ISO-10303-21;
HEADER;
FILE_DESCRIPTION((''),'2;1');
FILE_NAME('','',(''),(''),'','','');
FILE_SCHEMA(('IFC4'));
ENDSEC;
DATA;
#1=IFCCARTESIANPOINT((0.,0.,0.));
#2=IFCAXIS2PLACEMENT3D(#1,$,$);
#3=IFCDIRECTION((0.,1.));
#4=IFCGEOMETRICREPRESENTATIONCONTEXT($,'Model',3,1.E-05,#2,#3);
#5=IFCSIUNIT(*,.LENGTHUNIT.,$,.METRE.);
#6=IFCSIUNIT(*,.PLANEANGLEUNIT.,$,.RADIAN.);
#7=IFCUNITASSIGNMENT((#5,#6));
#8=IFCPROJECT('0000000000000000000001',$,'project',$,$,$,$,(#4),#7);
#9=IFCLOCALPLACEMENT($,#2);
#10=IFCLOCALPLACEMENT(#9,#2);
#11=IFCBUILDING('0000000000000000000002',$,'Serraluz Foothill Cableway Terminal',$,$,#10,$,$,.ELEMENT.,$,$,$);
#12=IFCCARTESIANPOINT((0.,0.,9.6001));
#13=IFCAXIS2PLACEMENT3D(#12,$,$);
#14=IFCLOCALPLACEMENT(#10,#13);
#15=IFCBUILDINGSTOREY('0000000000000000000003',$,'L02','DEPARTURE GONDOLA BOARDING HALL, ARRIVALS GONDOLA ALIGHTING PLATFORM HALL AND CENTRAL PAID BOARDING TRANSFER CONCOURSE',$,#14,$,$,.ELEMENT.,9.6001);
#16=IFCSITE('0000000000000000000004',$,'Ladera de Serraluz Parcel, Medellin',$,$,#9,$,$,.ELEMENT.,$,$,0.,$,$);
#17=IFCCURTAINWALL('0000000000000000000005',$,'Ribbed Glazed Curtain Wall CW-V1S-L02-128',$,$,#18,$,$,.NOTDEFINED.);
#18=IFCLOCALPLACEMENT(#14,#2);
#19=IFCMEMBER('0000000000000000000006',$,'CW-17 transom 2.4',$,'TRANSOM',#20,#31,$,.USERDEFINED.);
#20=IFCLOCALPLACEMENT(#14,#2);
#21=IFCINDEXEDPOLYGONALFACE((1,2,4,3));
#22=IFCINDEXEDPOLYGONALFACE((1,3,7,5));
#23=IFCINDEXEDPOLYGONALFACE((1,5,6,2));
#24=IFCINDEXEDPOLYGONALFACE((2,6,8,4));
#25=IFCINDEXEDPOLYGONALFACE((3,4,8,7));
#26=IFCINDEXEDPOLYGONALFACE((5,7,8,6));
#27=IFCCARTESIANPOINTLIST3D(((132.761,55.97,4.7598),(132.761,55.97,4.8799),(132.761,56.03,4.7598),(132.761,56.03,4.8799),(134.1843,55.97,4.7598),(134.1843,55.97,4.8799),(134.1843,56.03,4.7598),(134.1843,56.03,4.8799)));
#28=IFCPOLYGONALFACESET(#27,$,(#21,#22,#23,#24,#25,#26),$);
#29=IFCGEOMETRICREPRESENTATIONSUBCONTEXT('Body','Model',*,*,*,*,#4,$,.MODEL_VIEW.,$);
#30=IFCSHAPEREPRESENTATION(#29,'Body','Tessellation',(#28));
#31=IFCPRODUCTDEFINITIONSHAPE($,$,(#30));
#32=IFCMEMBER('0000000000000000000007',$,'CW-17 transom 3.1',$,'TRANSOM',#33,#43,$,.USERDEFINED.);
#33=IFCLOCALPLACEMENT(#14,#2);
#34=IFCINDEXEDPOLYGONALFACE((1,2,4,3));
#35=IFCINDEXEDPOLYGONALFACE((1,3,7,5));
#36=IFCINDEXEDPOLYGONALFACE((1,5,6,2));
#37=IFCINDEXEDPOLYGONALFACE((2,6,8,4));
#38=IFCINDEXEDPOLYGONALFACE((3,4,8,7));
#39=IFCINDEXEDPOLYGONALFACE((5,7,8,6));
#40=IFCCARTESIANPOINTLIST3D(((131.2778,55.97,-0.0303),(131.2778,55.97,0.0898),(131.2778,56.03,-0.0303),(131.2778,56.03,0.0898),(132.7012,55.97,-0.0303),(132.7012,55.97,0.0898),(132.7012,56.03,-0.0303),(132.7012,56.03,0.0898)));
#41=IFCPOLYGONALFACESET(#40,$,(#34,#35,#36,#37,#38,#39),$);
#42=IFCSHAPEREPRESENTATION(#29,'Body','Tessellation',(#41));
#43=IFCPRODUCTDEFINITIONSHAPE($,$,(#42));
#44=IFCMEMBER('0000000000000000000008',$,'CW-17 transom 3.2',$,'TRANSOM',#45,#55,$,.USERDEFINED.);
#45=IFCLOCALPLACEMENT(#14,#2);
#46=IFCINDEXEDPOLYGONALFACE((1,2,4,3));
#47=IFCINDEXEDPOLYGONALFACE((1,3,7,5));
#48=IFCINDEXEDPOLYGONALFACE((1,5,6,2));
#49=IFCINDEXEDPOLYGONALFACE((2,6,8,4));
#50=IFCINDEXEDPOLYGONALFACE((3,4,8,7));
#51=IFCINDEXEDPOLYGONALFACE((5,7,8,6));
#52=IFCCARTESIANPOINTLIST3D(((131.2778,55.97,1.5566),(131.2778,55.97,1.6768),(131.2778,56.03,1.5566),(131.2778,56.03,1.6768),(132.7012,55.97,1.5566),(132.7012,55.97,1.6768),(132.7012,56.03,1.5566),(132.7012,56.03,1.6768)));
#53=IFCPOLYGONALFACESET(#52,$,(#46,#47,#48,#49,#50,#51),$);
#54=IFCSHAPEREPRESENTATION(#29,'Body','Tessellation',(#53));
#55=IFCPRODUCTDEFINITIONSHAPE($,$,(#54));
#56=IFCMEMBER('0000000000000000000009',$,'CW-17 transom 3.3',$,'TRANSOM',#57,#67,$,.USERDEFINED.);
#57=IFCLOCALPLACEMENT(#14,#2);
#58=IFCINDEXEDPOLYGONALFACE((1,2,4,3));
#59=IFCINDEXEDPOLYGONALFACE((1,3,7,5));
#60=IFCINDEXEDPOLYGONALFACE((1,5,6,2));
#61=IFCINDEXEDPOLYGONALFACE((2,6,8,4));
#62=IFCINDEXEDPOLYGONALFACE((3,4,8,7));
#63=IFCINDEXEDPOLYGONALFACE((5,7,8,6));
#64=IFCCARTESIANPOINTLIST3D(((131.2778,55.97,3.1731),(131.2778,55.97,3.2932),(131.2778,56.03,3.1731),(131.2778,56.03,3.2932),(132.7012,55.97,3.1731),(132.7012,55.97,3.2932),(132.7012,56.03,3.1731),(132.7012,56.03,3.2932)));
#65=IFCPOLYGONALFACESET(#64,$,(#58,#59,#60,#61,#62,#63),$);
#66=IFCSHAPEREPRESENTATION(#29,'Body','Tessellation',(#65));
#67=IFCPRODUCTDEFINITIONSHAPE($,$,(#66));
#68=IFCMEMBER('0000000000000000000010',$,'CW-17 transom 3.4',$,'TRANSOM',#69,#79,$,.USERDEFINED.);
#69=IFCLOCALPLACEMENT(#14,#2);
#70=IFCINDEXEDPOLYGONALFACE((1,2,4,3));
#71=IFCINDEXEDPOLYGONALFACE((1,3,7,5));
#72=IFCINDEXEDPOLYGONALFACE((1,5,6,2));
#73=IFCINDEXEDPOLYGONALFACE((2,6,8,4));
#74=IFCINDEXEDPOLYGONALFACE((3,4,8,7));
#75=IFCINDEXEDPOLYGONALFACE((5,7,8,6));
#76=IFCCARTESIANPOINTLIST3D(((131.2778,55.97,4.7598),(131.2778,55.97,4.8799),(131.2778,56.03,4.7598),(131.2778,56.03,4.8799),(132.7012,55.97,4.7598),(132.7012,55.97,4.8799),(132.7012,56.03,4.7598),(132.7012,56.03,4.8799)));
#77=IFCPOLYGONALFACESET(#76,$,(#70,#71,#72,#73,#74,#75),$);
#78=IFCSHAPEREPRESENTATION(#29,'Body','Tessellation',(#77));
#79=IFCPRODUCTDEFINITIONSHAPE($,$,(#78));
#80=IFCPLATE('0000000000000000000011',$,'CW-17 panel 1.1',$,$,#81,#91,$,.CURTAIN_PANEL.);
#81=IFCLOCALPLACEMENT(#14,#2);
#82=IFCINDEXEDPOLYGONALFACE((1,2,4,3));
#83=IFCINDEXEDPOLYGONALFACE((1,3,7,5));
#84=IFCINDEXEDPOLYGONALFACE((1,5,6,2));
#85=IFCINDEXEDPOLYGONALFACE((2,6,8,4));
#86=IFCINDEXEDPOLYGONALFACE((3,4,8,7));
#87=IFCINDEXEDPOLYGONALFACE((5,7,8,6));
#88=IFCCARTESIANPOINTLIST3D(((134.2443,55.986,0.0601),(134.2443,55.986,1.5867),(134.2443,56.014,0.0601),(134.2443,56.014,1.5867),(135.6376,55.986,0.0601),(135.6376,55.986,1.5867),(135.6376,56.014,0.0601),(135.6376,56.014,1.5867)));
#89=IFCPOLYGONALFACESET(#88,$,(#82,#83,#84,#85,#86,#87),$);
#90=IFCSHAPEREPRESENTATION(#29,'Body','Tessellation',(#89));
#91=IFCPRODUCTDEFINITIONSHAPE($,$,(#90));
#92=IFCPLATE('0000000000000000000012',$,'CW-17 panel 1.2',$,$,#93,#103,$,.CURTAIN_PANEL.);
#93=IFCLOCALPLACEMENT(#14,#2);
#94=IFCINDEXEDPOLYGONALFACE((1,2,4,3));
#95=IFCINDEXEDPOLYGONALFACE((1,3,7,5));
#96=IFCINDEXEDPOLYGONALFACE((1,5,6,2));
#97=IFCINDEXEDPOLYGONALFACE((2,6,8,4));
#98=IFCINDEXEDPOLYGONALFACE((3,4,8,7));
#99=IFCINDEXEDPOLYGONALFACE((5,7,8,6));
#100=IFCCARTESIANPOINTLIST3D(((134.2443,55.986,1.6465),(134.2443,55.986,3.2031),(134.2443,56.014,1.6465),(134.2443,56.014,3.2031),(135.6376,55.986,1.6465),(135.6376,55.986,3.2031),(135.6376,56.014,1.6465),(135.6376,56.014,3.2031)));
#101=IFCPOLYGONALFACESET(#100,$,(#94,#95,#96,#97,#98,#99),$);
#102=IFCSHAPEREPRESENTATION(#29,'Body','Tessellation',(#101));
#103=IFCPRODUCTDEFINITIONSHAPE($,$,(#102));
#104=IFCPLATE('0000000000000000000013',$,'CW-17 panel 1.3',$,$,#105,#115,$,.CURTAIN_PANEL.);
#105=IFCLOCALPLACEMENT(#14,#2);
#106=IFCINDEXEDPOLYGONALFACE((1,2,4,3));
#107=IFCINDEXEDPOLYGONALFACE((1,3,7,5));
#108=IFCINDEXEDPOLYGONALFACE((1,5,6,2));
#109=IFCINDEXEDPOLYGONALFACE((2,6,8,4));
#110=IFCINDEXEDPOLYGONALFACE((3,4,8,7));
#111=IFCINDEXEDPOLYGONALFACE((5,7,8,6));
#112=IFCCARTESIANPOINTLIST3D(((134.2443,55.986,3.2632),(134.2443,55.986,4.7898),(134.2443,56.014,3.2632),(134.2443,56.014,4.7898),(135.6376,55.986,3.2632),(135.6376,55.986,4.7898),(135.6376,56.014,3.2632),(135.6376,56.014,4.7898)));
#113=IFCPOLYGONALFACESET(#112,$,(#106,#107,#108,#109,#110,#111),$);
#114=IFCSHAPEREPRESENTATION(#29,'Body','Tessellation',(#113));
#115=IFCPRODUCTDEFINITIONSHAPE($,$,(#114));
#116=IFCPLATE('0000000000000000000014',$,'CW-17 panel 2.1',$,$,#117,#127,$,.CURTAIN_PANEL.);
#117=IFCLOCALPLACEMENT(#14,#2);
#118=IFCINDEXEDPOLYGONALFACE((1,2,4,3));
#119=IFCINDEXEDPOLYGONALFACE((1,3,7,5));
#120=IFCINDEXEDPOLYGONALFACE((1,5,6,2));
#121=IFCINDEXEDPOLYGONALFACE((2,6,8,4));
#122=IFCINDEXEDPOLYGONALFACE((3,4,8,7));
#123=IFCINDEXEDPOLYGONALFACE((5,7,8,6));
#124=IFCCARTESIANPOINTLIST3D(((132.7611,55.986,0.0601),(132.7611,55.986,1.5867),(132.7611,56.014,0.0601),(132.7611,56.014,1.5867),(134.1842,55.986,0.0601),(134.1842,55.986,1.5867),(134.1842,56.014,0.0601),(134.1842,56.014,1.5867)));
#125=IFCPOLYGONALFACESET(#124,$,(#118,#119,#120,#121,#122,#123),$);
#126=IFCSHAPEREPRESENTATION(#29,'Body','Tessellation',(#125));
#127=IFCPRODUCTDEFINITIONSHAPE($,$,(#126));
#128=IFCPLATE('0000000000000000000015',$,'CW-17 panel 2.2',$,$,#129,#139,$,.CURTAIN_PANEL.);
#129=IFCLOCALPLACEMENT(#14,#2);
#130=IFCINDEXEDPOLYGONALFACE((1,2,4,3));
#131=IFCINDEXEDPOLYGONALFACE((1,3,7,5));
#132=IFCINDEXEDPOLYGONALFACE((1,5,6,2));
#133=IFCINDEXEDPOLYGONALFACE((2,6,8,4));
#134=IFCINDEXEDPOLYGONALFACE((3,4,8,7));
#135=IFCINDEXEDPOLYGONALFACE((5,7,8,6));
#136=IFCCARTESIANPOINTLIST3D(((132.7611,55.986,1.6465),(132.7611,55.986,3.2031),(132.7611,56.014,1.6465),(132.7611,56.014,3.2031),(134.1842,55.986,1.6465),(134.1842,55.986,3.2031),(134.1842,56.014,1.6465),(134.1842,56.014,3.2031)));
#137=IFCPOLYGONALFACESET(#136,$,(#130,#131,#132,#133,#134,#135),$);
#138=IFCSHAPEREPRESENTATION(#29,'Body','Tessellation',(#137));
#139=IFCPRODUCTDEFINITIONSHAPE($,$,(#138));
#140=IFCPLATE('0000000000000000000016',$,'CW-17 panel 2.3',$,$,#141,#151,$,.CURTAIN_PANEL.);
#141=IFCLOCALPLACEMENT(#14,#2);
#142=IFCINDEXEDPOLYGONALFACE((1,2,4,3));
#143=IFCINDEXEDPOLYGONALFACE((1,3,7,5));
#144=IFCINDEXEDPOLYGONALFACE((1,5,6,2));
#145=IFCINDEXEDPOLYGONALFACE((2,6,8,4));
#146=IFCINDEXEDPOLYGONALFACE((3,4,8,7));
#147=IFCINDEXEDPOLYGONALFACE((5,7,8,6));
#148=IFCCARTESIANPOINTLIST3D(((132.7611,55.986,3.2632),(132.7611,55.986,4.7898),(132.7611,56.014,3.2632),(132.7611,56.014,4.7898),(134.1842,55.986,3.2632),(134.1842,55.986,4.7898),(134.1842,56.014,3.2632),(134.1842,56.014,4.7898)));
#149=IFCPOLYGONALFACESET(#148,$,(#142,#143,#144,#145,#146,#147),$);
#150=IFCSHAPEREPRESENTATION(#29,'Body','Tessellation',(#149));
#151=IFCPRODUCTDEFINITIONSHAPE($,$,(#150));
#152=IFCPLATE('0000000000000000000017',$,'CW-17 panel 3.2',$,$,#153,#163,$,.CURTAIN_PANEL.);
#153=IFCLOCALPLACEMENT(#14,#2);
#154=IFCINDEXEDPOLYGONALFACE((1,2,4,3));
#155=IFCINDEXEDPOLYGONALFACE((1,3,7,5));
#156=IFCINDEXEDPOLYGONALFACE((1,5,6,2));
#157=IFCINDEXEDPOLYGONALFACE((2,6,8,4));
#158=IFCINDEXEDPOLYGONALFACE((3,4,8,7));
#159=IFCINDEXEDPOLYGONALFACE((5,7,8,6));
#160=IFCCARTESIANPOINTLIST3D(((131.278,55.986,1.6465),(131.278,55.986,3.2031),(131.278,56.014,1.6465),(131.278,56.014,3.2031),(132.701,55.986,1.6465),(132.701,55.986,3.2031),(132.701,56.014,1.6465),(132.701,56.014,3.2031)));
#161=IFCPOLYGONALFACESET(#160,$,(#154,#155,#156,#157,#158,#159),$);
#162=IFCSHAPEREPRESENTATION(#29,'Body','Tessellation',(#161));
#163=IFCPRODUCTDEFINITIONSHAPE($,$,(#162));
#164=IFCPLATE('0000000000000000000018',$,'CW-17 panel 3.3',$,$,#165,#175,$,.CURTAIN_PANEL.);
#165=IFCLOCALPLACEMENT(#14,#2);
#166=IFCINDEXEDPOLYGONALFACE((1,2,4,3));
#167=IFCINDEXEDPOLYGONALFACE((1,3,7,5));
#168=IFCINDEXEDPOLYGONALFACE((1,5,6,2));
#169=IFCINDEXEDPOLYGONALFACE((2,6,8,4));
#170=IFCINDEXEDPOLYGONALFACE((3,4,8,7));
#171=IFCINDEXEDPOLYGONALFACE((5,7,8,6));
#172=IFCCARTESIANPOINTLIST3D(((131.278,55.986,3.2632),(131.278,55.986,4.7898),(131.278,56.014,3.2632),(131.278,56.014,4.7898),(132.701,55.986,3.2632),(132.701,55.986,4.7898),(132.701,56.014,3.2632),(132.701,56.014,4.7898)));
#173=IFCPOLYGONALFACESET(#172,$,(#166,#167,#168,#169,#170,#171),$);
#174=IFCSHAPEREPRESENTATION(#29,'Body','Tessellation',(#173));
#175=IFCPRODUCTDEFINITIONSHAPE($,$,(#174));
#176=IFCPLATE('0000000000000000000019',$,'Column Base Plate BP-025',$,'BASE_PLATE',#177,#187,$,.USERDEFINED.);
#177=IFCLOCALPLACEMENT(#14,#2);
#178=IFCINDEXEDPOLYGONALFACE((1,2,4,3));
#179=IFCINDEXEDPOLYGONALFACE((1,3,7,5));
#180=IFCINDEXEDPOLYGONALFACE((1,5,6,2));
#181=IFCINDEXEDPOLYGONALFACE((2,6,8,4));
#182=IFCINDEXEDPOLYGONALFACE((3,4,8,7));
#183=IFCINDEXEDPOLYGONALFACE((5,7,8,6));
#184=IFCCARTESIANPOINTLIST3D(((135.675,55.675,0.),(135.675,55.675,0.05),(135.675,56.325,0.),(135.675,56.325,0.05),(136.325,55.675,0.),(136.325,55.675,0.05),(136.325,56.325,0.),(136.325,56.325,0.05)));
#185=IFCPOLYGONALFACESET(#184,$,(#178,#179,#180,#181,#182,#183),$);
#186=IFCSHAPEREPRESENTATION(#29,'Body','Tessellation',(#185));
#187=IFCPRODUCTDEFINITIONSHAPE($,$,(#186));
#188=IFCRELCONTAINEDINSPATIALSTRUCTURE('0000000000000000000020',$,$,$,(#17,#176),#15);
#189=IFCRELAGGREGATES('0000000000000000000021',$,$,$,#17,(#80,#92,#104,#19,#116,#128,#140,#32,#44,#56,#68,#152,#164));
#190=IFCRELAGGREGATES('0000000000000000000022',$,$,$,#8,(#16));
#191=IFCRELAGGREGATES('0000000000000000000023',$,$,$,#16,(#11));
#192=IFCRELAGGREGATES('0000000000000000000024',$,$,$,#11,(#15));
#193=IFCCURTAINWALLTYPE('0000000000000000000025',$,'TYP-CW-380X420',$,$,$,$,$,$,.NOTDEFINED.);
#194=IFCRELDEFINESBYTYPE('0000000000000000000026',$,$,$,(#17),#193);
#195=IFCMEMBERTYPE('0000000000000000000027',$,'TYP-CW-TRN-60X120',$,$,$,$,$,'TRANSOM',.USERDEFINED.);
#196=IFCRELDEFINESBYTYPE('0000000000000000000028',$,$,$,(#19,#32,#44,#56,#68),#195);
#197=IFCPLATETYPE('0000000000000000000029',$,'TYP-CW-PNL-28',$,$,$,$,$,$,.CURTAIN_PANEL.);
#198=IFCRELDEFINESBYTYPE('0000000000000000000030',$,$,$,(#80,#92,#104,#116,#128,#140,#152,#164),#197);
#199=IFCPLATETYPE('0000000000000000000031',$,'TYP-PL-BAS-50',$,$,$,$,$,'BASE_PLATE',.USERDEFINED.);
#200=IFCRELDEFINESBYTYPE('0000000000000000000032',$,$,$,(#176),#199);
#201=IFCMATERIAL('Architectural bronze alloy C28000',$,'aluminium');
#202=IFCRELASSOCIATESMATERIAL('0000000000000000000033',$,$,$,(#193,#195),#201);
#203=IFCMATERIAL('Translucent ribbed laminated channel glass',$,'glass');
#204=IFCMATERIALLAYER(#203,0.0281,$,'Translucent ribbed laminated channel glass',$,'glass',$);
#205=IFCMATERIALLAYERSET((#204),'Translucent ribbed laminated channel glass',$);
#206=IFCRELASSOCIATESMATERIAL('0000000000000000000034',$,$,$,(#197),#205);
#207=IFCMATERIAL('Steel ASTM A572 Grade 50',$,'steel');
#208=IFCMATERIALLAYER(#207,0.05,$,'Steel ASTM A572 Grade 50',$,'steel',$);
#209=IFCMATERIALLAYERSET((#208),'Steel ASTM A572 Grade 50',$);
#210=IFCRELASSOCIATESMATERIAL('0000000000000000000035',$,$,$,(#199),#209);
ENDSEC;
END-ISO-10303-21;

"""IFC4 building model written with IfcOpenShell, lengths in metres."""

from ifc_helpers import new_model, si_unit, direction, frame, origin, origin_2d, place, context, subcontext, project, spatial, rectangle, extrude, material, layer, layer_set, material_profile, profile_set, type_object, element, aggregate, save


model = new_model("IFC4")

# Units and contexts
model_context = context("Model", 3, precision=1e-05, world=origin(), true_north=direction((0.0, 1.0)))
body_context = subcontext(model_context, "Body", "Model", "MODEL_VIEW")
ifc_project = project(units=[si_unit("LENGTHUNIT", "METRE"), si_unit("PLANEANGLEUNIT", "RADIAN")], contexts=[model_context])

# Site, building, storey
site_placement = place(None, origin())
site = spatial("IfcSite", under=ifc_project, at=site_placement, Name="Ladera de Serraluz Parcel, Medellin", CompositionType="ELEMENT", RefElevation=0.0)
building_placement = place(site_placement, origin())
building = spatial("IfcBuilding", under=site, at=building_placement, Name="Serraluz Foothill Cableway Terminal", CompositionType="ELEMENT")
storey_placement = place(building_placement, frame((0.0, 0.0, 9.6001)))
storey = spatial("IfcBuildingStorey", under=building, at=storey_placement, Name="L02", Description="DEPARTURE GONDOLA BOARDING HALL, ARRIVALS GONDOLA ALIGHTING PLATFORM HALL AND CENTRAL PAID BOARDING TRANSFER CONCOURSE", CompositionType="ELEMENT", Elevation=9.6001)

# Curtain wall
ifc_material_1 = material(Name="Architectural bronze alloy C28000", Category="aluminium")
curtain_wall_type_1 = type_object("IfcCurtainWallType", Name="TYP-CW-380X420", PredefinedType="NOTDEFINED", material=ifc_material_1)
curtain_wall_1_placement = place(storey_placement, origin())
curtain_wall_1 = element("IfcCurtainWall", 1, at=curtain_wall_1_placement, inside=storey, type_object=curtain_wall_type_1, Name="Ribbed Glazed Curtain Wall CW-V1S-L02-128", PredefinedType="NOTDEFINED")

# Members
ifc_material_profile_1 = material_profile(ifc_material_1, rectangle(XDim=0.0601, YDim=0.1201, at=origin_2d()), Name="ALU TRANSOM 60x120")
ifc_profile_set_1 = profile_set([ifc_material_profile_1], Name="Architectural bronze alloy C28000")
member_type_1 = type_object("IfcMemberType", Name="TYP-CW-TRN-60X120", ElementType="TRANSOM", PredefinedType="USERDEFINED", material=ifc_profile_set_1)
member_1_placement = place(storey_placement, frame((134.1843, 56.0, 4.8198), z_axis=(-1.0, 0.0, 0.0), x_axis=(0.0, -1.0, 0.0)))
member_1 = element("IfcMember", 2, at=member_1_placement, type_object=member_type_1, Name="CW-17 transom 2.4", ObjectType="TRANSOM", PredefinedType="USERDEFINED", context=body_context, shape_type="SweptSolid", body=[
    extrude(rectangle(XDim=0.0601, YDim=0.1201, at=origin_2d()), origin(), (0.0, 0.0, 1.0), 1.4233),
])
member_2_placement = place(storey_placement, frame((132.7012, 56.0, 0.0298), z_axis=(-1.0, 0.0, 0.0), x_axis=(0.0, -1.0, 0.0)))
member_2 = element("IfcMember", 3, at=member_2_placement, type_object=member_type_1, Name="CW-17 transom 3.1", ObjectType="TRANSOM", PredefinedType="USERDEFINED", context=body_context, shape_type="SweptSolid", body=[
    extrude(rectangle(XDim=0.0601, YDim=0.1201, at=origin_2d()), origin(), (0.0, 0.0, 1.0), 1.4233),
])
member_3_placement = place(storey_placement, frame((132.7012, 56.0, 1.6167), z_axis=(-1.0, 0.0, 0.0), x_axis=(0.0, -1.0, 0.0)))
member_3 = element("IfcMember", 4, at=member_3_placement, type_object=member_type_1, Name="CW-17 transom 3.2", ObjectType="TRANSOM", PredefinedType="USERDEFINED", context=body_context, shape_type="SweptSolid", body=[
    extrude(rectangle(XDim=0.0601, YDim=0.1201, at=origin_2d()), origin(), (0.0, 0.0, 1.0), 1.4233),
])
member_4_placement = place(storey_placement, frame((132.7012, 56.0, 3.2332), z_axis=(-1.0, 0.0, 0.0), x_axis=(0.0, -1.0, 0.0)))
member_4 = element("IfcMember", 5, at=member_4_placement, type_object=member_type_1, Name="CW-17 transom 3.3", ObjectType="TRANSOM", PredefinedType="USERDEFINED", context=body_context, shape_type="SweptSolid", body=[
    extrude(rectangle(XDim=0.0601, YDim=0.1201, at=origin_2d()), origin(), (0.0, 0.0, 1.0), 1.4233),
])
member_5_placement = place(storey_placement, frame((132.7012, 56.0, 4.8198), z_axis=(-1.0, 0.0, 0.0), x_axis=(0.0, -1.0, 0.0)))
member_5 = element("IfcMember", 6, at=member_5_placement, type_object=member_type_1, Name="CW-17 transom 3.4", ObjectType="TRANSOM", PredefinedType="USERDEFINED", context=body_context, shape_type="SweptSolid", body=[
    extrude(rectangle(XDim=0.0601, YDim=0.1201, at=origin_2d()), origin(), (0.0, 0.0, 1.0), 1.4233),
])

# Plates
ifc_material_2 = material(Name="Translucent ribbed laminated channel glass", Category="glass")
ifc_layer_1 = layer(ifc_material_2, 0.0281, Name="Translucent ribbed laminated channel glass", Category="glass")
ifc_layer_set_1 = layer_set([ifc_layer_1], Name="Translucent ribbed laminated channel glass")
plate_type_1 = type_object("IfcPlateType", Name="TYP-CW-PNL-28", PredefinedType="CURTAIN_PANEL", material=ifc_layer_set_1)
plate_1_placement = place(storey_placement, frame((134.9409, 56.0, 0.0601), z_axis=(0.0, 0.0, 1.0), x_axis=(-1.0, 0.0, 0.0)))
plate_1 = element("IfcPlate", 7, at=plate_1_placement, type_object=plate_type_1, Name="CW-17 panel 1.1", PredefinedType="CURTAIN_PANEL", context=body_context, shape_type="SweptSolid", body=[
    extrude(rectangle(XDim=1.3933, YDim=0.0281, at=origin_2d()), origin(), (0.0, 0.0, 1.0), 1.5266),
])
plate_2_placement = place(storey_placement, frame((134.9409, 56.0, 1.6465), z_axis=(0.0, 0.0, 1.0), x_axis=(-1.0, 0.0, 0.0)))
plate_2 = element("IfcPlate", 8, at=plate_2_placement, type_object=plate_type_1, Name="CW-17 panel 1.2", PredefinedType="CURTAIN_PANEL", context=body_context, shape_type="SweptSolid", body=[
    extrude(rectangle(XDim=1.3933, YDim=0.0281, at=origin_2d()), origin(), (0.0, 0.0, 1.0), 1.5566),
])
plate_3_placement = place(storey_placement, frame((134.9409, 56.0, 3.2632), z_axis=(0.0, 0.0, 1.0), x_axis=(-1.0, 0.0, 0.0)))
plate_3 = element("IfcPlate", 9, at=plate_3_placement, type_object=plate_type_1, Name="CW-17 panel 1.3", PredefinedType="CURTAIN_PANEL", context=body_context, shape_type="SweptSolid", body=[
    extrude(rectangle(XDim=1.3933, YDim=0.0281, at=origin_2d()), origin(), (0.0, 0.0, 1.0), 1.5266),
])
plate_4_placement = place(storey_placement, frame((133.4727, 56.0, 0.0601), z_axis=(0.0, 0.0, 1.0), x_axis=(-1.0, 0.0, 0.0)))
plate_4 = element("IfcPlate", 10, at=plate_4_placement, type_object=plate_type_1, Name="CW-17 panel 2.1", PredefinedType="CURTAIN_PANEL", context=body_context, shape_type="SweptSolid", body=[
    extrude(rectangle(XDim=1.4231, YDim=0.0281, at=origin_2d()), origin(), (0.0, 0.0, 1.0), 1.5266),
])
plate_5_placement = place(storey_placement, frame((133.4727, 56.0, 1.6465), z_axis=(0.0, 0.0, 1.0), x_axis=(-1.0, 0.0, 0.0)))
plate_5 = element("IfcPlate", 11, at=plate_5_placement, type_object=plate_type_1, Name="CW-17 panel 2.2", PredefinedType="CURTAIN_PANEL", context=body_context, shape_type="SweptSolid", body=[
    extrude(rectangle(XDim=1.4231, YDim=0.0281, at=origin_2d()), origin(), (0.0, 0.0, 1.0), 1.5566),
])
plate_6_placement = place(storey_placement, frame((133.4727, 56.0, 3.2632), z_axis=(0.0, 0.0, 1.0), x_axis=(-1.0, 0.0, 0.0)))
plate_6 = element("IfcPlate", 12, at=plate_6_placement, type_object=plate_type_1, Name="CW-17 panel 2.3", PredefinedType="CURTAIN_PANEL", context=body_context, shape_type="SweptSolid", body=[
    extrude(rectangle(XDim=1.4231, YDim=0.0281, at=origin_2d()), origin(), (0.0, 0.0, 1.0), 1.5266),
])
plate_7_placement = place(storey_placement, frame((131.9895, 56.0, 1.6465), z_axis=(0.0, 0.0, 1.0), x_axis=(-1.0, 0.0, 0.0)))
plate_7 = element("IfcPlate", 13, at=plate_7_placement, type_object=plate_type_1, Name="CW-17 panel 3.2", PredefinedType="CURTAIN_PANEL", context=body_context, shape_type="SweptSolid", body=[
    extrude(rectangle(XDim=1.4231, YDim=0.0281, at=origin_2d()), origin(), (0.0, 0.0, 1.0), 1.5566),
])
plate_8_placement = place(storey_placement, frame((131.9895, 56.0, 3.2632), z_axis=(0.0, 0.0, 1.0), x_axis=(-1.0, 0.0, 0.0)))
plate_8 = element("IfcPlate", 14, at=plate_8_placement, type_object=plate_type_1, Name="CW-17 panel 3.3", PredefinedType="CURTAIN_PANEL", context=body_context, shape_type="SweptSolid", body=[
    extrude(rectangle(XDim=1.4231, YDim=0.0281, at=origin_2d()), origin(), (0.0, 0.0, 1.0), 1.5266),
])
aggregate(curtain_wall_1, [plate_1, plate_2, plate_3, member_1, plate_4, plate_5, plate_6, member_2, member_3, member_4, member_5, plate_7, plate_8])
ifc_material_3 = material(Name="Steel ASTM A572 Grade 50", Category="steel")
ifc_layer_2 = layer(ifc_material_3, 0.05, Name="Steel ASTM A572 Grade 50", Category="steel")
ifc_layer_set_2 = layer_set([ifc_layer_2], Name="Steel ASTM A572 Grade 50")
plate_type_2 = type_object("IfcPlateType", Name="TYP-PL-BAS-50", ElementType="BASE_PLATE", PredefinedType="USERDEFINED", material=ifc_layer_set_2)
plate_9_placement = place(storey_placement, frame((136.0, 56.0, 0.0), z_axis=(0.0, 0.0, 1.0), x_axis=(1.0, 0.0, 0.0)))
element("IfcPlate", 15, at=plate_9_placement, inside=storey, type_object=plate_type_2, Name="Column Base Plate BP-025", ObjectType="BASE_PLATE", PredefinedType="USERDEFINED", context=body_context, shape_type="SweptSolid", body=[
    extrude(rectangle(XDim=0.6499, YDim=0.6499, at=origin_2d()), origin(), (0.0, 0.0, 1.0), 0.05),
])

save(model, "model.ifc")
